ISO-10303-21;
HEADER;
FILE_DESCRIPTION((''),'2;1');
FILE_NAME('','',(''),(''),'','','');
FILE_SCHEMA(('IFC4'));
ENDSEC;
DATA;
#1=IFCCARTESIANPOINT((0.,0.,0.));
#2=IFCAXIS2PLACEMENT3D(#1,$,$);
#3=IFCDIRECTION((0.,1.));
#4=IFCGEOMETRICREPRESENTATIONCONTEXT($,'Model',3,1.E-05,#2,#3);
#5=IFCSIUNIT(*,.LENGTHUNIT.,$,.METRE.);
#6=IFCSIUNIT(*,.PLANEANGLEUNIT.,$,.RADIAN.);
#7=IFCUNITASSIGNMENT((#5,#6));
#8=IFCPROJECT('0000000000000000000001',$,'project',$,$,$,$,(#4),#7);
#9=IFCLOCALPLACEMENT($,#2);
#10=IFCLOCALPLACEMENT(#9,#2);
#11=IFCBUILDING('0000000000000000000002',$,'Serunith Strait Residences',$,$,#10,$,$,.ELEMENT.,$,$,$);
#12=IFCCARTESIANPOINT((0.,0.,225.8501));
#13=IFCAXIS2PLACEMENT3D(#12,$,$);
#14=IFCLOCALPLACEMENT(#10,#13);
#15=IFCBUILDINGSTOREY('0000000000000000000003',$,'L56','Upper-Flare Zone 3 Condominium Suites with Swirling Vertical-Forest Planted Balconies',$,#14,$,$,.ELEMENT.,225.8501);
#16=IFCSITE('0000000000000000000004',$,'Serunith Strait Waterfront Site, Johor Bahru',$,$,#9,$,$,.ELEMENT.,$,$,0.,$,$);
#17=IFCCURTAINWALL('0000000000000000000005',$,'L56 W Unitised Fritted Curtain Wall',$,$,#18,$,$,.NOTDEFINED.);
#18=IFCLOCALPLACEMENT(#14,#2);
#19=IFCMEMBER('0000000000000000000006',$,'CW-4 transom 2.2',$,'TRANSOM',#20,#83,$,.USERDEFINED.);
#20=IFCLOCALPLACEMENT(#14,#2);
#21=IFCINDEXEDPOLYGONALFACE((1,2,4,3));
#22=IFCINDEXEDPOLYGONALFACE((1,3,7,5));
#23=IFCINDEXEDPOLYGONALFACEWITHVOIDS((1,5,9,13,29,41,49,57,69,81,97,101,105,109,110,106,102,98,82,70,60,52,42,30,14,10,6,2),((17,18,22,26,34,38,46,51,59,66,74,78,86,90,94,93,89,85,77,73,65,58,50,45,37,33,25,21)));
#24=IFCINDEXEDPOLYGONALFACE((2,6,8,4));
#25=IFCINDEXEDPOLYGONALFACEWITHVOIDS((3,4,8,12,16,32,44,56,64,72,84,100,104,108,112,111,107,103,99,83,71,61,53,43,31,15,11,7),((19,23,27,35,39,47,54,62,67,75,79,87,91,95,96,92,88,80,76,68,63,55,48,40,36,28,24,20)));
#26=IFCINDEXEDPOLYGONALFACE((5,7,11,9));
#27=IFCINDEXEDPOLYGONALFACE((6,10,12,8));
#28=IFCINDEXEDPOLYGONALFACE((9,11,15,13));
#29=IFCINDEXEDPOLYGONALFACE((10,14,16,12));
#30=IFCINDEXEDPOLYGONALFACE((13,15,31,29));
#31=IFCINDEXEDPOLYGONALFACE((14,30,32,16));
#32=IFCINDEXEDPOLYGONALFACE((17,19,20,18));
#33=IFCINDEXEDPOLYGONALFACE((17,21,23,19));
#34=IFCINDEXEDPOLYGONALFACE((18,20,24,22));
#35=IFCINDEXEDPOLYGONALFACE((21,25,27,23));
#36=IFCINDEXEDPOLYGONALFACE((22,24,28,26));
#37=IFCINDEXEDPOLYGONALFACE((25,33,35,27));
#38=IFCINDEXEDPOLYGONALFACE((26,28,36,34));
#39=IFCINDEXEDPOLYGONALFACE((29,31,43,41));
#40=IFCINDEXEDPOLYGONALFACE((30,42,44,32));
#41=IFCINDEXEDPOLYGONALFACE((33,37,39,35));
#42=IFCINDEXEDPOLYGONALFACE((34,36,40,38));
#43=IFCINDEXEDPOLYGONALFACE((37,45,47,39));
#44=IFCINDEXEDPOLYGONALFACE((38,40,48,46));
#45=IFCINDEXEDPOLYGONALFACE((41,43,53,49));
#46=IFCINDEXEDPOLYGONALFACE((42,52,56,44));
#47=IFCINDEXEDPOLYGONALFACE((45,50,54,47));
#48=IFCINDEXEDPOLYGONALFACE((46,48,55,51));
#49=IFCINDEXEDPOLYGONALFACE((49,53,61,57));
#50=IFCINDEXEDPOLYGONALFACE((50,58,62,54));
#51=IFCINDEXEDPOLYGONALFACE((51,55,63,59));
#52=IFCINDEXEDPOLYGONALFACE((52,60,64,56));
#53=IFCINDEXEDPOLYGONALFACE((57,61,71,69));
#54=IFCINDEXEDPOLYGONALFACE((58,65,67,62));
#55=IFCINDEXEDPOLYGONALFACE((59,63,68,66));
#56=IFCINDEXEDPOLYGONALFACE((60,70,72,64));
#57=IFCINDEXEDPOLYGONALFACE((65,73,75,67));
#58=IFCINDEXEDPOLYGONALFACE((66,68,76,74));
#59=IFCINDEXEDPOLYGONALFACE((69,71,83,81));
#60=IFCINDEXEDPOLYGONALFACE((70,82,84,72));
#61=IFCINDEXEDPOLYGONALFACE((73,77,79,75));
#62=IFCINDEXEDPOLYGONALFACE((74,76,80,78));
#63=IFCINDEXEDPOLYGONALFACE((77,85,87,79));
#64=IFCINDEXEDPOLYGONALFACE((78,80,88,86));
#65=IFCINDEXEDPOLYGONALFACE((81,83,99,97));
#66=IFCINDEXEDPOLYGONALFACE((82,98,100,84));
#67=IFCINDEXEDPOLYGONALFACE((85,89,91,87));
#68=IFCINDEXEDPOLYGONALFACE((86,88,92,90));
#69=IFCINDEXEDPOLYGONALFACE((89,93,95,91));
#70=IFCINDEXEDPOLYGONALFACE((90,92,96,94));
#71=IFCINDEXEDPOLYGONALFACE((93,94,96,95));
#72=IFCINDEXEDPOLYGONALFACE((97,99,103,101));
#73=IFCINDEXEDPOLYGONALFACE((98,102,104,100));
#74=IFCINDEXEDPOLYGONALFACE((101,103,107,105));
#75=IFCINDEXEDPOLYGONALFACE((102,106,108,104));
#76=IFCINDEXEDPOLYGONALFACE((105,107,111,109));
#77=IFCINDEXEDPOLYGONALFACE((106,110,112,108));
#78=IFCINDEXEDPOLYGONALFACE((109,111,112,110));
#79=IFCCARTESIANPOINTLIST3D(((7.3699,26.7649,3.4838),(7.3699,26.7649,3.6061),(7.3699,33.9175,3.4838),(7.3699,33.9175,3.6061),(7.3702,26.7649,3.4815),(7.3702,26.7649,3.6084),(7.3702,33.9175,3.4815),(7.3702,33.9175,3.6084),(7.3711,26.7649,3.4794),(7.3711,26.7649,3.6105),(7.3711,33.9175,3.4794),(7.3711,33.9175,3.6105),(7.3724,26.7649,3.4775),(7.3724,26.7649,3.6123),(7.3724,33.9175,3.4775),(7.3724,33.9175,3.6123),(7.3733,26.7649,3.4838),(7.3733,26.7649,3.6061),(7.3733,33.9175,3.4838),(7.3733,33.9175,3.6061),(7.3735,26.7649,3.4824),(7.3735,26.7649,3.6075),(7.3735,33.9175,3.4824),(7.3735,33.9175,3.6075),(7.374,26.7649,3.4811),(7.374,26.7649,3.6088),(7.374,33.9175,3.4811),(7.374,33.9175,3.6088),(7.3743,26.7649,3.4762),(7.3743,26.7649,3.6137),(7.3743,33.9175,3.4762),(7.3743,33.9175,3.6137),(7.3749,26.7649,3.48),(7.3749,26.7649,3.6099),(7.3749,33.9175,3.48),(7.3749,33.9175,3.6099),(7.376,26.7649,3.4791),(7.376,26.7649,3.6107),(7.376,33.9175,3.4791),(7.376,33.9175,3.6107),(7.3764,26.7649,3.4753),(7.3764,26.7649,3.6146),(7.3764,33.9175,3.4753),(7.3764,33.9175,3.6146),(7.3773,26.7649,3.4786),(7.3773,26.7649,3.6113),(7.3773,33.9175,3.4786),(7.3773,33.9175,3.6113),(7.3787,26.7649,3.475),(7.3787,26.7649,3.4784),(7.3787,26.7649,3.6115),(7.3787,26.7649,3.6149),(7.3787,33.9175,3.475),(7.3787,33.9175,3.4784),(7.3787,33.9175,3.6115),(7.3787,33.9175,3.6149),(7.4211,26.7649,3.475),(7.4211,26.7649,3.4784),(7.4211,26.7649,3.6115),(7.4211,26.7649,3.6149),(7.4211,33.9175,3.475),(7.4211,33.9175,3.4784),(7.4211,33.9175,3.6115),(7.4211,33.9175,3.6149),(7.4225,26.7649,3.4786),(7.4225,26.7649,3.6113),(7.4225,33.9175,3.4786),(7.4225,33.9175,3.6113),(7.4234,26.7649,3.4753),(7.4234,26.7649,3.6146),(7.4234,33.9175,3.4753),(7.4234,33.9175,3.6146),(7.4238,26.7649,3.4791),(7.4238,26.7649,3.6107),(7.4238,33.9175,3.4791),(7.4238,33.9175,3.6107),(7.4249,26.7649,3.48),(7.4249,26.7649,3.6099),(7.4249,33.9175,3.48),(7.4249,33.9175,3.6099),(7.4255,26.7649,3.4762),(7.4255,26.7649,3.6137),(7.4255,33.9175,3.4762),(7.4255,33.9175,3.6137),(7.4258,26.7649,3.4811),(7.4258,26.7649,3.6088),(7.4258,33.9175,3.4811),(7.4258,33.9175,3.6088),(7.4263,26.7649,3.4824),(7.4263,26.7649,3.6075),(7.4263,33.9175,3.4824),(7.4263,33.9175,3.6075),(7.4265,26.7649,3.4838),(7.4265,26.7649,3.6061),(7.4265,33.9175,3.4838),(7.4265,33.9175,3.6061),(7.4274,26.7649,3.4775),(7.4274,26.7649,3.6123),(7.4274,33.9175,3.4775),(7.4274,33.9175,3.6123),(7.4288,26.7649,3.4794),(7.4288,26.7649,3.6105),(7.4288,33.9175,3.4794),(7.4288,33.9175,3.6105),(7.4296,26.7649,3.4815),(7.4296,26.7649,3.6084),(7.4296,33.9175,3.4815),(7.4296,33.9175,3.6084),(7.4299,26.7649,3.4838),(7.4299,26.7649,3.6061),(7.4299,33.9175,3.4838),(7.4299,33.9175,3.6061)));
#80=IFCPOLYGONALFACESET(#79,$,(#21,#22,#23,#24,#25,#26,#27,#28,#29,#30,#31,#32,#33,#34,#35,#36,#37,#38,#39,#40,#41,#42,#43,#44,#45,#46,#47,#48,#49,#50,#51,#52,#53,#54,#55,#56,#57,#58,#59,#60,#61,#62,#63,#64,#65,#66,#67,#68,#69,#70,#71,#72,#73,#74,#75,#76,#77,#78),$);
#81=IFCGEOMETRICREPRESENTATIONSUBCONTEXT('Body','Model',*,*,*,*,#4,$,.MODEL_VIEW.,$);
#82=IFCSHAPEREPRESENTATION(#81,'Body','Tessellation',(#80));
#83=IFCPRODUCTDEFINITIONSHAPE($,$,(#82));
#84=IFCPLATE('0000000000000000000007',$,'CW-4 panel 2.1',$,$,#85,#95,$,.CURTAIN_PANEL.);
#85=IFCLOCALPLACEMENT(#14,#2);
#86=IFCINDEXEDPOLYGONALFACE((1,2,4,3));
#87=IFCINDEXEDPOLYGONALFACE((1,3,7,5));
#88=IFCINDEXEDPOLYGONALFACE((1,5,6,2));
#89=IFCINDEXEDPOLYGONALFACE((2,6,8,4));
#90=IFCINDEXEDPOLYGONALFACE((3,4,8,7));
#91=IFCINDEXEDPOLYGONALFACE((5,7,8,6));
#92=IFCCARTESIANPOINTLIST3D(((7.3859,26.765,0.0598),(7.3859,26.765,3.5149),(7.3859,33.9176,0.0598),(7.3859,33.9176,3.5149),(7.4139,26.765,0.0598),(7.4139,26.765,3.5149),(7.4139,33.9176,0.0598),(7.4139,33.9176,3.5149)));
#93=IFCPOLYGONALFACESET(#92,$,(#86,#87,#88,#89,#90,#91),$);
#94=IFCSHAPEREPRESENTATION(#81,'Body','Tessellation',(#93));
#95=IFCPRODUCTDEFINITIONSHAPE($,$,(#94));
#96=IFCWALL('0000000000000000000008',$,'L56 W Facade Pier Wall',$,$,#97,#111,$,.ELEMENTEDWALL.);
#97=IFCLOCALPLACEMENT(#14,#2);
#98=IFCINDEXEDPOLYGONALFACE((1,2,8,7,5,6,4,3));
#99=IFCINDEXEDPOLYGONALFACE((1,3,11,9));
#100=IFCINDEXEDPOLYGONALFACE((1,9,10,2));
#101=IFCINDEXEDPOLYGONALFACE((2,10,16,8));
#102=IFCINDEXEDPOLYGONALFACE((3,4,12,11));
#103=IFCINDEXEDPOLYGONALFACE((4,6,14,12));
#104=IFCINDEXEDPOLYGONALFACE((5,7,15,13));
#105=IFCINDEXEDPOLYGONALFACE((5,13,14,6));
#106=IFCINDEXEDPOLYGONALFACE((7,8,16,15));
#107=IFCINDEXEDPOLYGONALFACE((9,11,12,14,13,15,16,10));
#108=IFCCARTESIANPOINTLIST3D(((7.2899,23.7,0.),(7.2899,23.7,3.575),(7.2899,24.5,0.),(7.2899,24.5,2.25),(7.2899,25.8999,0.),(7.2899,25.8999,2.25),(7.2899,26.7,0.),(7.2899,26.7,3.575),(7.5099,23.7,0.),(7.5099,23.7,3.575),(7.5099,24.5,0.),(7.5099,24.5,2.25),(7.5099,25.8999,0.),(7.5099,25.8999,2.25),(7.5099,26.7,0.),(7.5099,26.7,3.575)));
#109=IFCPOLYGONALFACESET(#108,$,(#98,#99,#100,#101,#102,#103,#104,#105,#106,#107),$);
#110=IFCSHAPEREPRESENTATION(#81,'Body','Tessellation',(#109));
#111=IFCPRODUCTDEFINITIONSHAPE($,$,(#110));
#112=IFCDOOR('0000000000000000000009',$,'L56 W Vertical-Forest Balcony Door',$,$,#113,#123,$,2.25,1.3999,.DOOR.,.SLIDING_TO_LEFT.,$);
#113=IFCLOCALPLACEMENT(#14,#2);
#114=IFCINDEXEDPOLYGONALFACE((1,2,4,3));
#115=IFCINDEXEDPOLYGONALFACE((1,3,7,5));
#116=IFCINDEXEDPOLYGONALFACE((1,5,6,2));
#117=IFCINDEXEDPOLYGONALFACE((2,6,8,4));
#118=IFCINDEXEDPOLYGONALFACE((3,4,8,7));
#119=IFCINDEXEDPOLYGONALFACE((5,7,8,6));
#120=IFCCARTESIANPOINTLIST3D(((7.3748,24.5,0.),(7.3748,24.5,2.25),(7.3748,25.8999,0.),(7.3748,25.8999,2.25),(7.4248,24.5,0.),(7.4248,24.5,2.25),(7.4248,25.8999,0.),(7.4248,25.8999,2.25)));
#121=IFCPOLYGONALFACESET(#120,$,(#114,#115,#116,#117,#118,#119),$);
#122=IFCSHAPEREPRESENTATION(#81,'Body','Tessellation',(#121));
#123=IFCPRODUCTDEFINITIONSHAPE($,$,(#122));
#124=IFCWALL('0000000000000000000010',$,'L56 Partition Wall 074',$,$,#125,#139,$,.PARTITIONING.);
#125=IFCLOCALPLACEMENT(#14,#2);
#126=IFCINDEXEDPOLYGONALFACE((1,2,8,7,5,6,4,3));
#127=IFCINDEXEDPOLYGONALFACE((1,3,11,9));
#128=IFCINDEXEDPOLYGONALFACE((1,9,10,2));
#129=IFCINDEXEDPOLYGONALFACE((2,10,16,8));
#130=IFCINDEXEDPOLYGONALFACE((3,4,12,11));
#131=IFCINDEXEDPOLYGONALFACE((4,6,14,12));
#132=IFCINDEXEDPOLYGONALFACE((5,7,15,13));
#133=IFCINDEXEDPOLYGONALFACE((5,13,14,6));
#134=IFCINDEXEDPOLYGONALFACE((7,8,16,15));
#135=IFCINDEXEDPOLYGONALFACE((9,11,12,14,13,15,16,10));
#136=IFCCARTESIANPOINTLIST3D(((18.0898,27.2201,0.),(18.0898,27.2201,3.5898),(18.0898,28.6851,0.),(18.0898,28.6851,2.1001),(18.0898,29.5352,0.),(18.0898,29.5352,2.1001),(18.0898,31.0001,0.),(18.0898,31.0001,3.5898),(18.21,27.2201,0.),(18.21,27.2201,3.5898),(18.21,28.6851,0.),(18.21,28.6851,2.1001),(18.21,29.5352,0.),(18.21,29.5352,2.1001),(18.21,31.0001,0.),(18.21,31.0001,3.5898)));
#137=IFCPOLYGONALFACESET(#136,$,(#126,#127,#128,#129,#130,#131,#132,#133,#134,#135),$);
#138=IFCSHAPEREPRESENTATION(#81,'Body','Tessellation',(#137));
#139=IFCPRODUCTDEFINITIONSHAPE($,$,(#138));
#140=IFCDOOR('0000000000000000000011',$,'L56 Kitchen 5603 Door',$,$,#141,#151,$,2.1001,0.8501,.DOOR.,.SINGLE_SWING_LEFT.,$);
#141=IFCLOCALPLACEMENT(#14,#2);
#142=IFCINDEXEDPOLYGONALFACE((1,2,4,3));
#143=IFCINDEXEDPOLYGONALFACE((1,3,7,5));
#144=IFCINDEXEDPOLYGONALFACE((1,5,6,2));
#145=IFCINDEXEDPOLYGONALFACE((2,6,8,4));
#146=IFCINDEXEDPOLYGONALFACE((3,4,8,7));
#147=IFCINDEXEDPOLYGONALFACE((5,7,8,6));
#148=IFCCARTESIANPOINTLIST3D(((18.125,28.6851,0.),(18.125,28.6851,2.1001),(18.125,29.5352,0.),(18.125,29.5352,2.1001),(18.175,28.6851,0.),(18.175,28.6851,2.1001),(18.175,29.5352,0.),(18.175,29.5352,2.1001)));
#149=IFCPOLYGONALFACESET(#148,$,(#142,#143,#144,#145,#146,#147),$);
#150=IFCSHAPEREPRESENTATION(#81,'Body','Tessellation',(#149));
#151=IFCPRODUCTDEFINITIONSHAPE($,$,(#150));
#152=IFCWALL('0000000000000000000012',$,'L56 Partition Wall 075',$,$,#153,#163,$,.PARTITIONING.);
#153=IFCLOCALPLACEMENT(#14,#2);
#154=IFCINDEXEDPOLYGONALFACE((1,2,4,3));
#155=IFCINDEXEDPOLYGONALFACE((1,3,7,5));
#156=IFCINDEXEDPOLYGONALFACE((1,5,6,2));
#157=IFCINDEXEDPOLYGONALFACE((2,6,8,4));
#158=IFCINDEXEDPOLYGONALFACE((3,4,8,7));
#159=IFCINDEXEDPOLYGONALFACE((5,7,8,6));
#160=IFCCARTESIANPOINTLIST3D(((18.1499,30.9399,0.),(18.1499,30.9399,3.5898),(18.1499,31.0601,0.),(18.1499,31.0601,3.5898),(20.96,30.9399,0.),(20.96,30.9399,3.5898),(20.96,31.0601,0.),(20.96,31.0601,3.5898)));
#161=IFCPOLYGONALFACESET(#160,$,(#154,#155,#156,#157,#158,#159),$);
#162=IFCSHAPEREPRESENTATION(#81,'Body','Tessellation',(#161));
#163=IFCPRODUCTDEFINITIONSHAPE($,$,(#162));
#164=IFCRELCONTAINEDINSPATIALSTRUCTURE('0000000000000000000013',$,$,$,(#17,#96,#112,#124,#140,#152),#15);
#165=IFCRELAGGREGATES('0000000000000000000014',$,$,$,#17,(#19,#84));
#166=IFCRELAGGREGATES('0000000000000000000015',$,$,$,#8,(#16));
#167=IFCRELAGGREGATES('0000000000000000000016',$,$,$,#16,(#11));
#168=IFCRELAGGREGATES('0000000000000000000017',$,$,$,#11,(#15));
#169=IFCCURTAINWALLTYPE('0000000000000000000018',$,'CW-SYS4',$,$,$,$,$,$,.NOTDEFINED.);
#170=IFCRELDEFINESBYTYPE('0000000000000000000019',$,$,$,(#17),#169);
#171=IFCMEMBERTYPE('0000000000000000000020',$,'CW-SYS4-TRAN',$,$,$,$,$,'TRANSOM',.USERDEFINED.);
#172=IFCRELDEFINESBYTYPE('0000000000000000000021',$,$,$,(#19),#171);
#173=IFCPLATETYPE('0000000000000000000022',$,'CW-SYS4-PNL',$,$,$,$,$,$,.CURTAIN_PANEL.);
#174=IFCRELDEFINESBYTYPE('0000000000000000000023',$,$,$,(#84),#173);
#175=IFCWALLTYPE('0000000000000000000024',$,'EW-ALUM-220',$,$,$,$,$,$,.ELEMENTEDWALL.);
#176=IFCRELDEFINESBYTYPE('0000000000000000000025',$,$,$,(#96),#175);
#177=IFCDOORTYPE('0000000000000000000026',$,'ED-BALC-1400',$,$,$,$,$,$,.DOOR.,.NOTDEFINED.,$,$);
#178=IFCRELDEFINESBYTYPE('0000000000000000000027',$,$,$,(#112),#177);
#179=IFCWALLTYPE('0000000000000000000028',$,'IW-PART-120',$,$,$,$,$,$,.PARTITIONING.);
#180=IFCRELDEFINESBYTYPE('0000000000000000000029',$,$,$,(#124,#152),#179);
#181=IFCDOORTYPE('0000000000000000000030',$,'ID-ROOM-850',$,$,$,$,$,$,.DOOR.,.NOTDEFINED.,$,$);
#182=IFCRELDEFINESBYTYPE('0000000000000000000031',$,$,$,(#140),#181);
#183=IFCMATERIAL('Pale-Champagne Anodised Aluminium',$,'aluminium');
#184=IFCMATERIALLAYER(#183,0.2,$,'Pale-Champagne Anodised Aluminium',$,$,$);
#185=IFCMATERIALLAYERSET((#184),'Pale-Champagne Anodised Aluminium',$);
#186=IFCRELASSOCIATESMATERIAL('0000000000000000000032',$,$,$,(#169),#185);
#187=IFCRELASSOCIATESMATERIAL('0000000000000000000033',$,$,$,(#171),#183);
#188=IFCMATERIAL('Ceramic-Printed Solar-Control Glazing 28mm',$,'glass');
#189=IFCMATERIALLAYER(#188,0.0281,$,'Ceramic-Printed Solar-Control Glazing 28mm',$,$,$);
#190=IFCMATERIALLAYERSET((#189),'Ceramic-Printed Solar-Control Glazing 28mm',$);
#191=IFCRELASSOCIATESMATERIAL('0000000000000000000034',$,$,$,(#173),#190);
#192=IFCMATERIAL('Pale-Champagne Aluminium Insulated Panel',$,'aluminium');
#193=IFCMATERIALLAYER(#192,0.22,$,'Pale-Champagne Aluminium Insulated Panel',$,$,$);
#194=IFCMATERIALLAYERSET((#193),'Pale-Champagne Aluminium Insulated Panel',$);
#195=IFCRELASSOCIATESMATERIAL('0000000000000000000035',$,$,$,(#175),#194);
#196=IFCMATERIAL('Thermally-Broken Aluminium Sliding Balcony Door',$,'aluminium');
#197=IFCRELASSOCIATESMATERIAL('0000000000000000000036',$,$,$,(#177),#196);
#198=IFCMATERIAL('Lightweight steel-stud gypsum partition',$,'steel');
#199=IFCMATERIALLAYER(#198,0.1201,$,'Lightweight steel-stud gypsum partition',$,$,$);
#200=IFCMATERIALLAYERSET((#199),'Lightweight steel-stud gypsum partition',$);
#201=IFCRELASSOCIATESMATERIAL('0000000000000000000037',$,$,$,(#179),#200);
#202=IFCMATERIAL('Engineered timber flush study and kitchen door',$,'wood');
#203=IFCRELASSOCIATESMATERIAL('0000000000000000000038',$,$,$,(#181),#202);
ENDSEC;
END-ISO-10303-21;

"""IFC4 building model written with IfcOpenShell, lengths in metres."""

from ifc_helpers import new_model, si_unit, direction, frame, frame_2d, origin, origin_2d, place, context, subcontext, project, spatial, rectangle, hollow_rectangle, extrude, source, transform, mapped, material, layer, layer_set, material_profile, profile_set, type_object, element, fill, aggregate, save


model = new_model("IFC4")

# Units and contexts
model_context = context("Model", 3, precision=1e-05, world=origin(), true_north=direction((0.0, 1.0)))
body_context = subcontext(model_context, "Body", "Model", "MODEL_VIEW")
ifc_project = project(units=[si_unit("LENGTHUNIT", "METRE"), si_unit("PLANEANGLEUNIT", "RADIAN")], contexts=[model_context])

# Site, building, storey
site_placement = place(None, origin())
site = spatial("IfcSite", under=ifc_project, at=site_placement, Name="Serunith Strait Waterfront Site, Johor Bahru", CompositionType="ELEMENT", RefElevation=0.0)
building_placement = place(site_placement, origin())
building = spatial("IfcBuilding", under=site, at=building_placement, Name="Serunith Strait Residences", CompositionType="ELEMENT")
storey_placement = place(building_placement, frame((0.0, 0.0, 225.8501)))
storey = spatial("IfcBuildingStorey", under=building, at=storey_placement, Name="L56", Description="Upper-Flare Zone 3 Condominium Suites with Swirling Vertical-Forest Planted Balconies", CompositionType="ELEMENT", Elevation=225.8501)

# Curtain wall, member, plate
ifc_material_1 = material(Name="Pale-Champagne Anodised Aluminium", Category="aluminium")
ifc_layer_1 = layer(ifc_material_1, 0.2, Name="Pale-Champagne Anodised Aluminium")
ifc_layer_set_1 = layer_set([ifc_layer_1], Name="Pale-Champagne Anodised Aluminium")
curtain_wall_type = type_object("IfcCurtainWallType", Name="CW-SYS4", PredefinedType="NOTDEFINED", material=ifc_layer_set_1)
curtain_wall_placement = place(storey_placement, origin())
curtain_wall = element("IfcCurtainWall", 1, at=curtain_wall_placement, inside=storey, type_object=curtain_wall_type, Name="L56 W Unitised Fritted Curtain Wall", PredefinedType="NOTDEFINED")
ifc_material_profile_1 = material_profile(ifc_material_1, hollow_rectangle(XDim=0.0601, YDim=0.1399, WallThickness=0.0034, InnerFilletRadius=0.0054, OuterFilletRadius=0.0088, at=origin_2d()), Name="ALU 140x60x3.5")
ifc_profile_set_1 = profile_set([ifc_material_profile_1], Name="Pale-Champagne Anodised Aluminium")
member_type_1 = type_object("IfcMemberType", Name="CW-SYS4-TRAN", ElementType="TRANSOM", PredefinedType="USERDEFINED", material=ifc_profile_set_1)
shared_shape_1 = source(origin(), body_context, "Body", "SweptSolid", [
    extrude(hollow_rectangle(XDim=0.0601, YDim=0.1399, WallThickness=0.0034, InnerFilletRadius=0.0054, OuterFilletRadius=0.0088, at=origin_2d()), origin(), (0.0, 0.0, 1.0), 7.1526),
])
member_1_placement = place(storey_placement, frame((7.3999, 33.9175, 3.5449), z_axis=(0.0, -1.0, 0.0), x_axis=(1.0, 0.0, 0.0)))
member_1 = element("IfcMember", 2, at=member_1_placement, type_object=member_type_1, Name="CW-4 transom 2.2", ObjectType="TRANSOM", PredefinedType="USERDEFINED", context=body_context, shape_type="MappedRepresentation", body=[
    mapped(shared_shape_1, transform((0.0, 0.0, 0.0), scale=1.0)),
])
ifc_material_2 = material(Name="Ceramic-Printed Solar-Control Glazing 28mm", Category="glass")
ifc_layer_2 = layer(ifc_material_2, 0.0281, Name="Ceramic-Printed Solar-Control Glazing 28mm")
ifc_layer_set_2 = layer_set([ifc_layer_2], Name="Ceramic-Printed Solar-Control Glazing 28mm")
plate_type = type_object("IfcPlateType", Name="CW-SYS4-PNL", PredefinedType="CURTAIN_PANEL", material=ifc_layer_set_2)
shared_shape_2 = source(origin(), body_context, "Body", "SweptSolid", [
    extrude(rectangle(XDim=7.1526, YDim=0.0281, at=origin_2d()), origin(), (0.0, 0.0, 1.0), 3.4551),
])
plate_placement = place(storey_placement, frame((7.3999, 30.3413, 0.0598), z_axis=(0.0, 0.0, 1.0), x_axis=(0.0, -1.0, 0.0)))
plate = element("IfcPlate", 3, at=plate_placement, type_object=plate_type, Name="CW-4 panel 2.1", PredefinedType="CURTAIN_PANEL", context=body_context, shape_type="MappedRepresentation", body=[
    mapped(shared_shape_2, transform((0.0, 0.0, 0.0), scale=1.0)),
])
aggregate(curtain_wall, [member_1, plate])

# Walls, openings, doors
ifc_material_3 = material(Name="Pale-Champagne Aluminium Insulated Panel", Category="aluminium")
ifc_layer_3 = layer(ifc_material_3, 0.22, Name="Pale-Champagne Aluminium Insulated Panel")
ifc_layer_set_3 = layer_set([ifc_layer_3], Name="Pale-Champagne Aluminium Insulated Panel")
wall_type_1 = type_object("IfcWallType", Name="EW-ALUM-220", PredefinedType="ELEMENTEDWALL", material=ifc_layer_set_3)
wall_1_placement = place(storey_placement, frame((7.3999, 26.7, 0.0), z_axis=(0.0, 0.0, 1.0), x_axis=(0.0, -1.0, 0.0)))
wall_1 = element("IfcWall", 4, at=wall_1_placement, inside=storey, type_object=wall_type_1, Name="L56 W Facade Pier Wall", PredefinedType="ELEMENTEDWALL", context=body_context, shape_type="SweptSolid", body=[
    extrude(rectangle(XDim=3.0, YDim=0.22, at=frame_2d((1.5, 0.0))), origin(), (0.0, 0.0, 1.0), 3.575),
])
opening_1_placement = place(wall_1_placement, frame((0.8, 0.0, 0.0)))
opening_1 = element("IfcOpeningElement", 5, at=opening_1_placement, cuts=wall_1, PredefinedType="OPENING", context=body_context, shape_type="SweptSolid", body=[
    extrude(rectangle(XDim=1.3999, YDim=2.25, at=frame_2d((0.7, 1.125))), frame((0.0, 0.1201, 0.0), z_axis=(0.0, -1.0, 0.0), x_axis=(1.0, 0.0, 0.0)), (0.0, 0.0, 1.0), 0.24),
])
ifc_material_4 = material(Name="Thermally-Broken Aluminium Sliding Balcony Door", Category="aluminium")
door_type_1 = type_object("IfcDoorType", Name="ED-BALC-1400", OperationType="NOTDEFINED", PredefinedType="DOOR", material=ifc_material_4)
shared_shape_3 = source(origin(), body_context, "Body", "SweptSolid", [
    extrude(rectangle(XDim=1.3999, YDim=2.25, at=frame_2d((0.7, 1.125))), frame((0.0, 0.0249, 0.0), z_axis=(0.0, -1.0, 0.0), x_axis=(1.0, 0.0, 0.0)), (0.0, 0.0, 1.0), 0.05),
])
door_1_placement = place(opening_1_placement, origin())
door_1 = element("IfcDoor", 6, at=door_1_placement, inside=storey, type_object=door_type_1, Name="L56 W Vertical-Forest Balcony Door", OperationType="SLIDING_TO_LEFT", OverallHeight=2.25, OverallWidth=1.3999, PredefinedType="DOOR", context=body_context, shape_type="MappedRepresentation", body=[
    mapped(shared_shape_3, transform((0.0, 0.0, 0.0), scale=1.0)),
])
fill(opening_1, door_1)
ifc_material_5 = material(Name="Lightweight steel-stud gypsum partition", Category="steel")
ifc_layer_4 = layer(ifc_material_5, 0.1201, Name="Lightweight steel-stud gypsum partition")
ifc_layer_set_4 = layer_set([ifc_layer_4], Name="Lightweight steel-stud gypsum partition")
wall_type_2 = type_object("IfcWallType", Name="IW-PART-120", PredefinedType="PARTITIONING", material=ifc_layer_set_4)
wall_2_placement = place(storey_placement, frame((18.1499, 27.22, 0.0), z_axis=(0.0, 0.0, 1.0), x_axis=(0.0, 1.0, 0.0)))
wall_2 = element("IfcWall", 7, at=wall_2_placement, inside=storey, type_object=wall_type_2, Name="L56 Partition Wall 074", PredefinedType="PARTITIONING", context=body_context, shape_type="SweptSolid", body=[
    extrude(rectangle(XDim=3.78, YDim=0.1201, at=frame_2d((1.8901, 0.0))), origin(), (0.0, 0.0, 1.0), 3.5898),
])
opening_2_placement = place(wall_2_placement, frame((1.4651, 0.0, 0.0)))
opening_2 = element("IfcOpeningElement", 8, at=opening_2_placement, cuts=wall_2, PredefinedType="OPENING", context=body_context, shape_type="SweptSolid", body=[
    extrude(rectangle(XDim=0.8501, YDim=2.1001, at=frame_2d((0.425, 1.05))), frame((0.0, 0.0701, 0.0), z_axis=(0.0, -1.0, 0.0), x_axis=(1.0, 0.0, 0.0)), (0.0, 0.0, 1.0), 0.1401),
])
ifc_material_6 = material(Name="Engineered timber flush study and kitchen door", Category="wood")
door_type_2 = type_object("IfcDoorType", Name="ID-ROOM-850", OperationType="NOTDEFINED", PredefinedType="DOOR", material=ifc_material_6)
shared_shape_4 = source(origin(), body_context, "Body", "SweptSolid", [
    extrude(rectangle(XDim=0.8501, YDim=2.1001, at=frame_2d((0.425, 1.05))), frame((0.0, 0.0249, 0.0), z_axis=(0.0, -1.0, 0.0), x_axis=(1.0, 0.0, 0.0)), (0.0, 0.0, 1.0), 0.05),
])
door_2_placement = place(opening_2_placement, origin())
door_2 = element("IfcDoor", 9, at=door_2_placement, inside=storey, type_object=door_type_2, Name="L56 Kitchen 5603 Door", OperationType="SINGLE_SWING_LEFT", OverallHeight=2.1001, OverallWidth=0.8501, PredefinedType="DOOR", context=body_context, shape_type="MappedRepresentation", body=[
    mapped(shared_shape_4, transform((0.0, 0.0, 0.0), scale=1.0)),
])
fill(opening_2, door_2)

# Wall
wall_3_placement = place(storey_placement, frame((18.1499, 31.0, 0.0), z_axis=(0.0, 0.0, 1.0), x_axis=(1.0, 0.0, 0.0)))
element("IfcWall", 10, at=wall_3_placement, inside=storey, type_object=wall_type_2, Name="L56 Partition Wall 075", PredefinedType="PARTITIONING", context=body_context, shape_type="SweptSolid", body=[
    extrude(rectangle(XDim=2.8101, YDim=0.1201, at=frame_2d((1.405, 0.0))), origin(), (0.0, 0.0, 1.0), 3.5898),
])

save(model, "model.ifc")
